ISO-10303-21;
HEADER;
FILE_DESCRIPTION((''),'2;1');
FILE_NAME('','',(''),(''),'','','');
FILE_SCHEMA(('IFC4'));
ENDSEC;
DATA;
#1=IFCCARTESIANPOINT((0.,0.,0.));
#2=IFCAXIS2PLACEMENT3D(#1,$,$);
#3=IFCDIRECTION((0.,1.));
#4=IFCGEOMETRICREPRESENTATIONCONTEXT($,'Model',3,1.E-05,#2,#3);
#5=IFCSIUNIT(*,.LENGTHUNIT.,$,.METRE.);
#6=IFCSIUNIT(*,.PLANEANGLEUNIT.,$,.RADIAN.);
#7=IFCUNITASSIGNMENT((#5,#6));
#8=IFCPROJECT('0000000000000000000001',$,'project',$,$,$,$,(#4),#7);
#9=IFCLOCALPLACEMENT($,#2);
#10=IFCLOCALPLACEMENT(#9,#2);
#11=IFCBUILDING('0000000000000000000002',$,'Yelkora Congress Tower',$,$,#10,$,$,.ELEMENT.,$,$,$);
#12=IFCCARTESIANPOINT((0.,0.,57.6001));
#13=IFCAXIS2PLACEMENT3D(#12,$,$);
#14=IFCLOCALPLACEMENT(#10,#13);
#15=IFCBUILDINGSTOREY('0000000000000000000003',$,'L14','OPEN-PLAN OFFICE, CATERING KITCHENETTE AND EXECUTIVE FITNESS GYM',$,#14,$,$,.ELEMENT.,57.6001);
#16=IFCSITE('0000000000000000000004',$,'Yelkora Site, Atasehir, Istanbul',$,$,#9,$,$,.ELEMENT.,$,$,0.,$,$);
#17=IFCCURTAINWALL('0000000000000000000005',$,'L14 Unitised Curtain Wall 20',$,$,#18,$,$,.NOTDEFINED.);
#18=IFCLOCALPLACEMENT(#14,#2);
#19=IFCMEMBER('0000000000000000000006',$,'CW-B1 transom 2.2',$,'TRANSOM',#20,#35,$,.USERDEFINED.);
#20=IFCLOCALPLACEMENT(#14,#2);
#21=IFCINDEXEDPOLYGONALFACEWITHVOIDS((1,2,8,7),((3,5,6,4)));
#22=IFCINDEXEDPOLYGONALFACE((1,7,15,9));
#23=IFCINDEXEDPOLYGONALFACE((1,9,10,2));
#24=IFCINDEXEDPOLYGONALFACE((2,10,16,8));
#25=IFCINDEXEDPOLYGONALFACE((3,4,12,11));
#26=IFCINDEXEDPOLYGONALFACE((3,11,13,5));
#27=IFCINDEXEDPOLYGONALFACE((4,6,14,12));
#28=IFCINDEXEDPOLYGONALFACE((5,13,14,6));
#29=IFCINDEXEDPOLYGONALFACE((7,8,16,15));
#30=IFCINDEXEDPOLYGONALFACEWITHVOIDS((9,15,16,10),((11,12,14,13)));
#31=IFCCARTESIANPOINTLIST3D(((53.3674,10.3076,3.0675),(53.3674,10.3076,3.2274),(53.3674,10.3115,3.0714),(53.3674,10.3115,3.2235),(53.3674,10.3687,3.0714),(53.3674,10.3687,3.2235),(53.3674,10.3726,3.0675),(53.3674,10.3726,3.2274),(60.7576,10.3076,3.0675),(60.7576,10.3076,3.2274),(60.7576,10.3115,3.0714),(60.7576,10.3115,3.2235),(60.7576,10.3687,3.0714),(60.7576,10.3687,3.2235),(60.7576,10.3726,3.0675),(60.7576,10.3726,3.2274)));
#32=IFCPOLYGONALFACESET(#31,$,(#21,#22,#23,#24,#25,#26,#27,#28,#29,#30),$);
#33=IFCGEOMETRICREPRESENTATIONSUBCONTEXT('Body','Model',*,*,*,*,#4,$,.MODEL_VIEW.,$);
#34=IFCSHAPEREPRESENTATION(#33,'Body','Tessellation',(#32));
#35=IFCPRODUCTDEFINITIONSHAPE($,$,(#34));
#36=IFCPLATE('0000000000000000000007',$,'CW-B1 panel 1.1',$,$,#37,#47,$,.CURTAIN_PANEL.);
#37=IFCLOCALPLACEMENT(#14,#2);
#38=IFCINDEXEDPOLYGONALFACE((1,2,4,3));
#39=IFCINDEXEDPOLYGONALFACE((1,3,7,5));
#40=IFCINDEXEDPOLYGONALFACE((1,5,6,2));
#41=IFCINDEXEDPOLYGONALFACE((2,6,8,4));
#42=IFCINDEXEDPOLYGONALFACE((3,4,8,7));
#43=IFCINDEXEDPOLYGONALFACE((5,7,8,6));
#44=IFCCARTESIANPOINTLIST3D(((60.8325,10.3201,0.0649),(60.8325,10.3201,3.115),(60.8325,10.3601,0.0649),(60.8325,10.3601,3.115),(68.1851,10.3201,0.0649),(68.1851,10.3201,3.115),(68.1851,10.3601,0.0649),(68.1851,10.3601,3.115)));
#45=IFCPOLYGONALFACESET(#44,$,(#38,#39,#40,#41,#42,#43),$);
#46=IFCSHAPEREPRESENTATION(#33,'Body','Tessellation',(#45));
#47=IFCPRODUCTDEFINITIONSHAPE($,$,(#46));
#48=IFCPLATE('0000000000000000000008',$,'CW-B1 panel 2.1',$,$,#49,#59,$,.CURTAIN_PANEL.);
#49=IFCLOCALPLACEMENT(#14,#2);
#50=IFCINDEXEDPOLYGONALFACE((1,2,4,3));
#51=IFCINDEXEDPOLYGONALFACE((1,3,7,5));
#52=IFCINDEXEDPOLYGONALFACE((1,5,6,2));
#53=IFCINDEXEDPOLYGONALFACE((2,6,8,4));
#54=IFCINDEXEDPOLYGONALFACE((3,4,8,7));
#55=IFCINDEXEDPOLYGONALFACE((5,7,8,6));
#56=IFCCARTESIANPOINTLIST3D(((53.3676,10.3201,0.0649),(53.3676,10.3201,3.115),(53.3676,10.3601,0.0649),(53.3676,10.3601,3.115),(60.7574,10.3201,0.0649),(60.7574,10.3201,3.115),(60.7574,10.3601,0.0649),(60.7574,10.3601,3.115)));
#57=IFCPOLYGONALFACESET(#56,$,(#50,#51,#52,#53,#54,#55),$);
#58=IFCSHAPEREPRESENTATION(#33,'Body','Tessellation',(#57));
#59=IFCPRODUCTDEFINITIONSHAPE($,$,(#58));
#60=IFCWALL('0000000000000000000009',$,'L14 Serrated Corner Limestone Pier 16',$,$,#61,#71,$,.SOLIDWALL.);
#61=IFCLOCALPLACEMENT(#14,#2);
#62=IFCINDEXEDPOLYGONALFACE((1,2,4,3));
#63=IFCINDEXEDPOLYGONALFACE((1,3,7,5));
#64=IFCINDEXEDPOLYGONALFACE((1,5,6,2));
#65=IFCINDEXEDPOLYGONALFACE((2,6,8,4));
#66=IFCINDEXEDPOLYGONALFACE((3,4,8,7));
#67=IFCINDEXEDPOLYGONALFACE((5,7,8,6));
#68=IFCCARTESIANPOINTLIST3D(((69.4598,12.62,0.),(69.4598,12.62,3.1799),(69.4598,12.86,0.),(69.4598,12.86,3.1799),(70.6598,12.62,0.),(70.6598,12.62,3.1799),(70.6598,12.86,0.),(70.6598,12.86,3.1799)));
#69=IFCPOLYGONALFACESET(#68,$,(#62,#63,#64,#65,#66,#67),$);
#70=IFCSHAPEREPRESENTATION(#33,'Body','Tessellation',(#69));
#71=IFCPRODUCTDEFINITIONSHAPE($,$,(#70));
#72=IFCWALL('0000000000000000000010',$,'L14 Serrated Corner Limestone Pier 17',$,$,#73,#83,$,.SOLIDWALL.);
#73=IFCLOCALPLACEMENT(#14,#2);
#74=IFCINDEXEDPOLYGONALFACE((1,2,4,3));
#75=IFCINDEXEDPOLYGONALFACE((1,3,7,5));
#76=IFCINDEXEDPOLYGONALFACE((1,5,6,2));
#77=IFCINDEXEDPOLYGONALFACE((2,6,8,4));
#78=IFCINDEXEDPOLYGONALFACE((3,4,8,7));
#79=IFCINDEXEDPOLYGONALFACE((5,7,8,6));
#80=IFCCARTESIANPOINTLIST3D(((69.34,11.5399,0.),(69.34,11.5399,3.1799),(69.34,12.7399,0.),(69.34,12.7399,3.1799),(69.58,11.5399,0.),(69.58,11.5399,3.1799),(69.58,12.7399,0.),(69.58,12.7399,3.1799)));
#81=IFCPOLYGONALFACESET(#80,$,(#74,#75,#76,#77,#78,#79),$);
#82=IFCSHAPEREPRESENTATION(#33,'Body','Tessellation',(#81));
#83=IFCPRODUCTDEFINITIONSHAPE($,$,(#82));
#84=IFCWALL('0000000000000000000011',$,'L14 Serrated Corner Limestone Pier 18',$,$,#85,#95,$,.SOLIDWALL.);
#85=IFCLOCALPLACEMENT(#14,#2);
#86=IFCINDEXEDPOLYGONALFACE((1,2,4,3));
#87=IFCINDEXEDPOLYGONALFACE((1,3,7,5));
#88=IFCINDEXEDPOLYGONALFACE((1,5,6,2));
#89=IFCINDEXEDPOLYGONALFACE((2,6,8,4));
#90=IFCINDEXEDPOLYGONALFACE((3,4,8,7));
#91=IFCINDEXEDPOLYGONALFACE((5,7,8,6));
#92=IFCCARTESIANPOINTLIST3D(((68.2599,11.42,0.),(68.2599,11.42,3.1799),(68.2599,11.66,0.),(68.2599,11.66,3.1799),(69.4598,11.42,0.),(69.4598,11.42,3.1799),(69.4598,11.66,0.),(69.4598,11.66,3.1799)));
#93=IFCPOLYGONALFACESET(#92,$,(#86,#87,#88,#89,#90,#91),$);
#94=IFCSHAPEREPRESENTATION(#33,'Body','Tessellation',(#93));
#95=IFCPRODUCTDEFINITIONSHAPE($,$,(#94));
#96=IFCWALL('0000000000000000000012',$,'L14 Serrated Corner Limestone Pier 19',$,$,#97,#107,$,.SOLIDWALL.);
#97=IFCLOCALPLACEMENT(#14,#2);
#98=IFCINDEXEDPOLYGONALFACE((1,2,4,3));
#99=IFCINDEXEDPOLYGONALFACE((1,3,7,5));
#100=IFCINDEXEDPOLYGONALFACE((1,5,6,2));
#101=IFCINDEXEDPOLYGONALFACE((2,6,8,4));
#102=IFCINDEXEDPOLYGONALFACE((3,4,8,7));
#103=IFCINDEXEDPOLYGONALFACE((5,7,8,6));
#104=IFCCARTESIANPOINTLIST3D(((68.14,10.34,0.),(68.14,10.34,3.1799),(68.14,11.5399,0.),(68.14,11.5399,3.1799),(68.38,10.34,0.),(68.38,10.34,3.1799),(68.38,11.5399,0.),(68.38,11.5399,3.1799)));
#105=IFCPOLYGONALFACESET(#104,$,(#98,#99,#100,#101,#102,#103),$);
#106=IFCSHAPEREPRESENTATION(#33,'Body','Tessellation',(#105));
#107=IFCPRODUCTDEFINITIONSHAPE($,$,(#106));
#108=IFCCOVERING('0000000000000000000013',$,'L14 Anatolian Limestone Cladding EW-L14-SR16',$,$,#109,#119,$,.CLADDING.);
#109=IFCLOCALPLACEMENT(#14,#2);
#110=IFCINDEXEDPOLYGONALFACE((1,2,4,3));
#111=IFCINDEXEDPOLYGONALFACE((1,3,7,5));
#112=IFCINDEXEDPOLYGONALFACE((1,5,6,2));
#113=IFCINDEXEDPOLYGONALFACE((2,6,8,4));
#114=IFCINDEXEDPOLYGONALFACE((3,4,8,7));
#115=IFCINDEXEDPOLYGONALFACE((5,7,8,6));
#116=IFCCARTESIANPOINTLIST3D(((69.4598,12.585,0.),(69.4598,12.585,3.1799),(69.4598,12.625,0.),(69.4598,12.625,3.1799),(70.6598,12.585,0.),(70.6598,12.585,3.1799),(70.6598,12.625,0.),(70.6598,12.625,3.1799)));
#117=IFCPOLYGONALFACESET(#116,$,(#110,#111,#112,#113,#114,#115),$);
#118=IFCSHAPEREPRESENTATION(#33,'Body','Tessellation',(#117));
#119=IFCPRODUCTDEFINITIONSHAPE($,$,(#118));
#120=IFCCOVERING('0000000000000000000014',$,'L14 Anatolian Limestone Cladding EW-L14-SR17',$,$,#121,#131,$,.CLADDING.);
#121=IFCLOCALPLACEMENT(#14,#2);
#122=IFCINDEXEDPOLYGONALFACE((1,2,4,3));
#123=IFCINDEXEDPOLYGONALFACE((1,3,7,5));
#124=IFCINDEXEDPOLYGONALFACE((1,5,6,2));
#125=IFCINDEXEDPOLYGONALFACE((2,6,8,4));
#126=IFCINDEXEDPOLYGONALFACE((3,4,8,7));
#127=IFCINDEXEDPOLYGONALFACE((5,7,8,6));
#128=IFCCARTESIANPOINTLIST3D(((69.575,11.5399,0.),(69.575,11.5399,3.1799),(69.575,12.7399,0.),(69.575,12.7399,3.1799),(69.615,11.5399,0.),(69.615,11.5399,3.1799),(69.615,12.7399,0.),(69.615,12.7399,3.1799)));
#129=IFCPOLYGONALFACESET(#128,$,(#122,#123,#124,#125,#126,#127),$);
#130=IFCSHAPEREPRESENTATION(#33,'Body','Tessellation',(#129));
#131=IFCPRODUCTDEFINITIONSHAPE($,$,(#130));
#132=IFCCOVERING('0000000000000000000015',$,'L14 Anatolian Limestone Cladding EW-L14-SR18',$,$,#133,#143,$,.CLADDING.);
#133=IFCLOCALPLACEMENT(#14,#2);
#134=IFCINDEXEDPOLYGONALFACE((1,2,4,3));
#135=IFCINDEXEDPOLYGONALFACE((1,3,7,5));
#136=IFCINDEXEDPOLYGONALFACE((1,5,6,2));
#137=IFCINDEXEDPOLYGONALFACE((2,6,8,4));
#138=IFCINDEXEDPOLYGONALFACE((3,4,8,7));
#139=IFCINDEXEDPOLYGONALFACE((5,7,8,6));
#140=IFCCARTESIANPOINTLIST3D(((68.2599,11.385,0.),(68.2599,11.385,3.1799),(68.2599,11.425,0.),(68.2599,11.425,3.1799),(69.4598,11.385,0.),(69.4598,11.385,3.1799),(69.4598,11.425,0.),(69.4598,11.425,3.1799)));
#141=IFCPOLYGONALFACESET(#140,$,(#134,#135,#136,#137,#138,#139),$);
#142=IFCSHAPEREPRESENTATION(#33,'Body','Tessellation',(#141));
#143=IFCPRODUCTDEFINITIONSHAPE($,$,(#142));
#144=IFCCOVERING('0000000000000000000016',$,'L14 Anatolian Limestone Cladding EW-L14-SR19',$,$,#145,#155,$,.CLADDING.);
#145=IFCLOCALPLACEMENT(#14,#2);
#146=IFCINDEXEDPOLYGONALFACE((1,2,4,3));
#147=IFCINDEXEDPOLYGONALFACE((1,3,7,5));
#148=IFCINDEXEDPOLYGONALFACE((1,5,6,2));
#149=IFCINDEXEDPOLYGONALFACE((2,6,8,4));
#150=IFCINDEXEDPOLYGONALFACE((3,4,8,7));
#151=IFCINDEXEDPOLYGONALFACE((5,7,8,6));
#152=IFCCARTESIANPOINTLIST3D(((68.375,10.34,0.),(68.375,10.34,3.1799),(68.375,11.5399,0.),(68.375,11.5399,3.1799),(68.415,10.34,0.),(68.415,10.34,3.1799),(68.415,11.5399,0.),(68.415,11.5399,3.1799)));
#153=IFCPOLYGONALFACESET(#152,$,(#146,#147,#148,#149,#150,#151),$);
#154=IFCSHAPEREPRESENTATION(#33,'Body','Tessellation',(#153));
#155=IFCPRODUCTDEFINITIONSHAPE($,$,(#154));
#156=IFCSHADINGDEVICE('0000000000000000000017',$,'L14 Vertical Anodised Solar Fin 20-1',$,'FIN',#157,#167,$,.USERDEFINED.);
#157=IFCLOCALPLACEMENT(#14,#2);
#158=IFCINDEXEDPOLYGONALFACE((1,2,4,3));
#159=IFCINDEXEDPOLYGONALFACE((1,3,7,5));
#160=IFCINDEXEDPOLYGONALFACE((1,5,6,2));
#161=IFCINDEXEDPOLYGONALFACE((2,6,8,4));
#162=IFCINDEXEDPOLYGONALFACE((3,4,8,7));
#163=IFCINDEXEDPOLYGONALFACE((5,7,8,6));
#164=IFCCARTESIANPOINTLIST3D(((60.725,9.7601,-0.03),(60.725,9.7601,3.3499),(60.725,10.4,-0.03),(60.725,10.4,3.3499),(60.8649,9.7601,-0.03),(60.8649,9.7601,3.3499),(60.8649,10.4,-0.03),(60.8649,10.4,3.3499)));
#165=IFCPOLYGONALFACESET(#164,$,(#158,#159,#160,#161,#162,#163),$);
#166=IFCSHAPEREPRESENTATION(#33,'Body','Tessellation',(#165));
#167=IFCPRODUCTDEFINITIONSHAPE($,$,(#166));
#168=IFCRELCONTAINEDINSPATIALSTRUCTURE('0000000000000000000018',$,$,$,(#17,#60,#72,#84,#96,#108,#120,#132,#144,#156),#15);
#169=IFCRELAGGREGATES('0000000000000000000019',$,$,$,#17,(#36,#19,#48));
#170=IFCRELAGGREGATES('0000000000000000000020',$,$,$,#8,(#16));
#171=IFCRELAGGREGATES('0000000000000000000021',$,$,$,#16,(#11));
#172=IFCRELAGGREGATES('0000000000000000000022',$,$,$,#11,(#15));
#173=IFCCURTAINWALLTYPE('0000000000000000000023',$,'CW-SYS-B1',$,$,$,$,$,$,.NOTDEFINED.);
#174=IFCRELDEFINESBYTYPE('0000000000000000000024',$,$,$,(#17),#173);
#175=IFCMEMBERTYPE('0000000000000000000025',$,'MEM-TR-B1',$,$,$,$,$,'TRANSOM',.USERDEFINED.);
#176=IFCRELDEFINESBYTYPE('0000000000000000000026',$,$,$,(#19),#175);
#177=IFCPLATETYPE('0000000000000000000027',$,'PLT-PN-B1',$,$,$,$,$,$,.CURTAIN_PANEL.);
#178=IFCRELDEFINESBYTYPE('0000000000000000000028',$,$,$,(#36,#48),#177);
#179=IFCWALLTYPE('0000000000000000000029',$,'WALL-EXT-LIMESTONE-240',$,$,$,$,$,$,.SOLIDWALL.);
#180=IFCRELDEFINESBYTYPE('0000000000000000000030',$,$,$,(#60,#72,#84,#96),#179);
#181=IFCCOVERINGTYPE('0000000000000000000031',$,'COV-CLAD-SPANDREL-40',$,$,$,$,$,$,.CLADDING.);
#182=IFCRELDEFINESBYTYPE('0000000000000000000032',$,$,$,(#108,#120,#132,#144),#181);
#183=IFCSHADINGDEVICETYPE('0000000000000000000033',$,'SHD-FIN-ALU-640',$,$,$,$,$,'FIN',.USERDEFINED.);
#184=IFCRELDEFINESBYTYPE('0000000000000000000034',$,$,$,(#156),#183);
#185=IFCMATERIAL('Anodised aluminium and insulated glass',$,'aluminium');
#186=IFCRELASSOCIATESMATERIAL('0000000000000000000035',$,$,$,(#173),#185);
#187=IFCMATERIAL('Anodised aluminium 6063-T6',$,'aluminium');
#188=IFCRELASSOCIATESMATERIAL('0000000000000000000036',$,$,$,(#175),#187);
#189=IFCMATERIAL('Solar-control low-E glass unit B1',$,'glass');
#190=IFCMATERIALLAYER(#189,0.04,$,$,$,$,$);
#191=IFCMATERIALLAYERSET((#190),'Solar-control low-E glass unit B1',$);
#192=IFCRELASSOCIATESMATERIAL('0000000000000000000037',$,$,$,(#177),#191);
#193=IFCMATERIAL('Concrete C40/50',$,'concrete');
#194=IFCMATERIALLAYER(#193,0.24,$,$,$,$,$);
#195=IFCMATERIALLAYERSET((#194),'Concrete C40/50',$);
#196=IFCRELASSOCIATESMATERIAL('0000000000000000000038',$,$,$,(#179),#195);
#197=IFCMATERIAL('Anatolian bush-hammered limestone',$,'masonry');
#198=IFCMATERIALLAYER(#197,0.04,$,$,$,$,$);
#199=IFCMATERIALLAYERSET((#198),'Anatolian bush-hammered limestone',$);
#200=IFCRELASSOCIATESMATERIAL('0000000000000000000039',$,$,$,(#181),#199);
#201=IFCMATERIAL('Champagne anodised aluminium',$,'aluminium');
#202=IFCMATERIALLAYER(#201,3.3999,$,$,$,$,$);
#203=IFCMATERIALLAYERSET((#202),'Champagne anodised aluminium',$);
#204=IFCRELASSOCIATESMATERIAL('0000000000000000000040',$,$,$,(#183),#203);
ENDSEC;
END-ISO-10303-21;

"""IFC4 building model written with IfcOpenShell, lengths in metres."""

from ifc_helpers import new_model, si_unit, direction, frame, frame_2d, origin, origin_2d, place, context, subcontext, project, spatial, rectangle, hollow_rectangle, extrude, material, layer, layer_set, material_profile, profile_set, type_object, element, aggregate, save


model = new_model("IFC4")

# Units and contexts
model_context = context("Model", 3, precision=1e-05, world=origin(), true_north=direction((0.0, 1.0)))
body_context = subcontext(model_context, "Body", "Model", "MODEL_VIEW")
ifc_project = project(units=[si_unit("LENGTHUNIT", "METRE"), si_unit("PLANEANGLEUNIT", "RADIAN")], contexts=[model_context])

# Site, building, storey
site_placement = place(None, origin())
site = spatial("IfcSite", under=ifc_project, at=site_placement, Name="Yelkora Site, Atasehir, Istanbul", CompositionType="ELEMENT", RefElevation=0.0)
building_placement = place(site_placement, origin())
building = spatial("IfcBuilding", under=site, at=building_placement, Name="Yelkora Congress Tower", CompositionType="ELEMENT")
storey_placement = place(building_placement, frame((0.0, 0.0, 57.6001)))
storey = spatial("IfcBuildingStorey", under=building, at=storey_placement, Name="L14", Description="OPEN-PLAN OFFICE, CATERING KITCHENETTE AND EXECUTIVE FITNESS GYM", CompositionType="ELEMENT", Elevation=57.6001)

# Curtain wall, member, plates
ifc_material_1 = material(Name="Anodised aluminium and insulated glass", Category="aluminium")
curtain_wall_type = type_object("IfcCurtainWallType", Name="CW-SYS-B1", PredefinedType="NOTDEFINED", material=ifc_material_1)
curtain_wall_placement = place(storey_placement, origin())
curtain_wall = element("IfcCurtainWall", 1, at=curtain_wall_placement, inside=storey, type_object=curtain_wall_type, Name="L14 Unitised Curtain Wall 20", PredefinedType="NOTDEFINED")
ifc_material_2 = material(Name="Anodised aluminium 6063-T6", Category="aluminium")
ifc_material_profile_1 = material_profile(ifc_material_2, hollow_rectangle(XDim=0.0649, YDim=0.1599, WallThickness=0.0039, at=origin_2d()), Name="ALU 65x160x4")
ifc_profile_set_1 = profile_set([ifc_material_profile_1], Name="Anodised aluminium 6063-T6")
member_type_1 = type_object("IfcMemberType", Name="MEM-TR-B1", ElementType="TRANSOM", PredefinedType="USERDEFINED", material=ifc_profile_set_1)
member_1_placement = place(storey_placement, frame((60.7576, 10.3401, 3.1475), z_axis=(-1.0, 0.0, 0.0), x_axis=(0.0, -1.0, 0.0)))
member_1 = element("IfcMember", 2, at=member_1_placement, type_object=member_type_1, Name="CW-B1 transom 2.2", ObjectType="TRANSOM", PredefinedType="USERDEFINED", context=body_context, shape_type="SweptSolid", body=[
    extrude(hollow_rectangle(XDim=0.0649, YDim=0.1599, WallThickness=0.0039, at=origin_2d()), origin(), (0.0, 0.0, 1.0), 7.3901),
])
ifc_material_3 = material(Name="Solar-control low-E glass unit B1", Category="glass")
ifc_layer_1 = layer(ifc_material_3, 0.04)
ifc_layer_set_1 = layer_set([ifc_layer_1], Name="Solar-control low-E glass unit B1")
plate_type = type_object("IfcPlateType", Name="PLT-PN-B1", PredefinedType="CURTAIN_PANEL", material=ifc_layer_set_1)
plate_1_placement = place(storey_placement, frame((64.5088, 10.3401, 0.0649), z_axis=(0.0, 0.0, 1.0), x_axis=(-1.0, 0.0, 0.0)))
plate_1 = element("IfcPlate", 3, at=plate_1_placement, type_object=plate_type, Name="CW-B1 panel 1.1", PredefinedType="CURTAIN_PANEL", context=body_context, shape_type="SweptSolid", body=[
    extrude(rectangle(XDim=7.3525, YDim=0.04, at=origin_2d()), origin(), (0.0, 0.0, 1.0), 3.05),
])
plate_2_placement = place(storey_placement, frame((57.0625, 10.3401, 0.0649), z_axis=(0.0, 0.0, 1.0), x_axis=(-1.0, 0.0, 0.0)))
plate_2 = element("IfcPlate", 4, at=plate_2_placement, type_object=plate_type, Name="CW-B1 panel 2.1", PredefinedType="CURTAIN_PANEL", context=body_context, shape_type="SweptSolid", body=[
    extrude(rectangle(XDim=7.3899, YDim=0.04, at=origin_2d()), origin(), (0.0, 0.0, 1.0), 3.05),
])
aggregate(curtain_wall, [plate_1, member_1, plate_2])

# Walls
ifc_material_4 = material(Name="Concrete C40/50", Category="concrete")
ifc_layer_2 = layer(ifc_material_4, 0.24)
ifc_layer_set_2 = layer_set([ifc_layer_2], Name="Concrete C40/50")
wall_type = type_object("IfcWallType", Name="WALL-EXT-LIMESTONE-240", PredefinedType="SOLIDWALL", material=ifc_layer_set_2)
for number, where, z_axis, x_axis, name in (
    (5, (70.6599, 12.74, 0.0), (0.0, 0.0, 1.0), (-1.0, 0.0, 0.0), "L14 Serrated Corner Limestone Pier 16"),
    (6, (69.46, 12.74, 0.0), (0.0, 0.0, 1.0), (0.0, -1.0, 0.0), "L14 Serrated Corner Limestone Pier 17"),
    (7, (69.46, 11.54, 0.0), (0.0, 0.0, 1.0), (-1.0, 0.0, 0.0), "L14 Serrated Corner Limestone Pier 18"),
    (8, (68.26, 11.54, 0.0), (0.0, 0.0, 1.0), (0.0, -1.0, 0.0), "L14 Serrated Corner Limestone Pier 19"),
):
    element("IfcWall", number, at=place(storey_placement, frame(where, z_axis=z_axis, x_axis=x_axis)), inside=storey, type_object=wall_type, Name=name, PredefinedType="SOLIDWALL", context=body_context, shape_type="SweptSolid", body=[
        extrude(rectangle(XDim=1.2, YDim=0.24, at=frame_2d((0.6001, 0.0))), origin(), (0.0, 0.0, 1.0), 3.1799),
    ])

# Coverings
ifc_material_5 = material(Name="Anatolian bush-hammered limestone", Category="masonry")
ifc_layer_3 = layer(ifc_material_5, 0.04)
ifc_layer_set_3 = layer_set([ifc_layer_3], Name="Anatolian bush-hammered limestone")
covering_type = type_object("IfcCoveringType", Name="COV-CLAD-SPANDREL-40", PredefinedType="CLADDING", material=ifc_layer_set_3)
for number, where, z_axis, x_axis, name in (
    (9, (70.6599, 12.605, 0.0), (0.0, 0.0, 1.0), (-1.0, 0.0, 0.0), "L14 Anatolian Limestone Cladding EW-L14-SR16"),
    (10, (69.595, 12.74, 0.0), (0.0, 0.0, 1.0), (0.0, -1.0, 0.0), "L14 Anatolian Limestone Cladding EW-L14-SR17"),
    (11, (69.46, 11.405, 0.0), (0.0, 0.0, 1.0), (-1.0, 0.0, 0.0), "L14 Anatolian Limestone Cladding EW-L14-SR18"),
    (12, (68.395, 11.54, 0.0), (0.0, 0.0, 1.0), (0.0, -1.0, 0.0), "L14 Anatolian Limestone Cladding EW-L14-SR19"),
):
    element("IfcCovering", number, at=place(storey_placement, frame(where, z_axis=z_axis, x_axis=x_axis)), inside=storey, type_object=covering_type, Name=name, PredefinedType="CLADDING", context=body_context, shape_type="SweptSolid", body=[
        extrude(rectangle(XDim=1.2, YDim=0.04, at=frame_2d((0.6001, 0.0))), origin(), (0.0, 0.0, 1.0), 3.1799),
    ])

# Shading device
ifc_material_6 = material(Name="Champagne anodised aluminium", Category="aluminium")
ifc_layer_4 = layer(ifc_material_6, 3.3999)
ifc_layer_set_4 = layer_set([ifc_layer_4], Name="Champagne anodised aluminium")
shading_device_type = type_object("IfcShadingDeviceType", Name="SHD-FIN-ALU-640", ElementType="FIN", PredefinedType="USERDEFINED", material=ifc_layer_set_4)
shading_device_placement = place(storey_placement, frame((60.7949, 10.0801, -0.03), z_axis=(0.0, 0.0, 1.0), x_axis=(-1.0, 0.0, 0.0)))
element("IfcShadingDevice", 13, at=shading_device_placement, inside=storey, type_object=shading_device_type, Name="L14 Vertical Anodised Solar Fin 20-1", ObjectType="FIN", PredefinedType="USERDEFINED", context=body_context, shape_type="SweptSolid", body=[
    extrude(rectangle(XDim=0.1399, YDim=0.6399, at=origin_2d()), origin(), (0.0, 0.0, 1.0), 3.3799),
])

save(model, "model.ifc")
